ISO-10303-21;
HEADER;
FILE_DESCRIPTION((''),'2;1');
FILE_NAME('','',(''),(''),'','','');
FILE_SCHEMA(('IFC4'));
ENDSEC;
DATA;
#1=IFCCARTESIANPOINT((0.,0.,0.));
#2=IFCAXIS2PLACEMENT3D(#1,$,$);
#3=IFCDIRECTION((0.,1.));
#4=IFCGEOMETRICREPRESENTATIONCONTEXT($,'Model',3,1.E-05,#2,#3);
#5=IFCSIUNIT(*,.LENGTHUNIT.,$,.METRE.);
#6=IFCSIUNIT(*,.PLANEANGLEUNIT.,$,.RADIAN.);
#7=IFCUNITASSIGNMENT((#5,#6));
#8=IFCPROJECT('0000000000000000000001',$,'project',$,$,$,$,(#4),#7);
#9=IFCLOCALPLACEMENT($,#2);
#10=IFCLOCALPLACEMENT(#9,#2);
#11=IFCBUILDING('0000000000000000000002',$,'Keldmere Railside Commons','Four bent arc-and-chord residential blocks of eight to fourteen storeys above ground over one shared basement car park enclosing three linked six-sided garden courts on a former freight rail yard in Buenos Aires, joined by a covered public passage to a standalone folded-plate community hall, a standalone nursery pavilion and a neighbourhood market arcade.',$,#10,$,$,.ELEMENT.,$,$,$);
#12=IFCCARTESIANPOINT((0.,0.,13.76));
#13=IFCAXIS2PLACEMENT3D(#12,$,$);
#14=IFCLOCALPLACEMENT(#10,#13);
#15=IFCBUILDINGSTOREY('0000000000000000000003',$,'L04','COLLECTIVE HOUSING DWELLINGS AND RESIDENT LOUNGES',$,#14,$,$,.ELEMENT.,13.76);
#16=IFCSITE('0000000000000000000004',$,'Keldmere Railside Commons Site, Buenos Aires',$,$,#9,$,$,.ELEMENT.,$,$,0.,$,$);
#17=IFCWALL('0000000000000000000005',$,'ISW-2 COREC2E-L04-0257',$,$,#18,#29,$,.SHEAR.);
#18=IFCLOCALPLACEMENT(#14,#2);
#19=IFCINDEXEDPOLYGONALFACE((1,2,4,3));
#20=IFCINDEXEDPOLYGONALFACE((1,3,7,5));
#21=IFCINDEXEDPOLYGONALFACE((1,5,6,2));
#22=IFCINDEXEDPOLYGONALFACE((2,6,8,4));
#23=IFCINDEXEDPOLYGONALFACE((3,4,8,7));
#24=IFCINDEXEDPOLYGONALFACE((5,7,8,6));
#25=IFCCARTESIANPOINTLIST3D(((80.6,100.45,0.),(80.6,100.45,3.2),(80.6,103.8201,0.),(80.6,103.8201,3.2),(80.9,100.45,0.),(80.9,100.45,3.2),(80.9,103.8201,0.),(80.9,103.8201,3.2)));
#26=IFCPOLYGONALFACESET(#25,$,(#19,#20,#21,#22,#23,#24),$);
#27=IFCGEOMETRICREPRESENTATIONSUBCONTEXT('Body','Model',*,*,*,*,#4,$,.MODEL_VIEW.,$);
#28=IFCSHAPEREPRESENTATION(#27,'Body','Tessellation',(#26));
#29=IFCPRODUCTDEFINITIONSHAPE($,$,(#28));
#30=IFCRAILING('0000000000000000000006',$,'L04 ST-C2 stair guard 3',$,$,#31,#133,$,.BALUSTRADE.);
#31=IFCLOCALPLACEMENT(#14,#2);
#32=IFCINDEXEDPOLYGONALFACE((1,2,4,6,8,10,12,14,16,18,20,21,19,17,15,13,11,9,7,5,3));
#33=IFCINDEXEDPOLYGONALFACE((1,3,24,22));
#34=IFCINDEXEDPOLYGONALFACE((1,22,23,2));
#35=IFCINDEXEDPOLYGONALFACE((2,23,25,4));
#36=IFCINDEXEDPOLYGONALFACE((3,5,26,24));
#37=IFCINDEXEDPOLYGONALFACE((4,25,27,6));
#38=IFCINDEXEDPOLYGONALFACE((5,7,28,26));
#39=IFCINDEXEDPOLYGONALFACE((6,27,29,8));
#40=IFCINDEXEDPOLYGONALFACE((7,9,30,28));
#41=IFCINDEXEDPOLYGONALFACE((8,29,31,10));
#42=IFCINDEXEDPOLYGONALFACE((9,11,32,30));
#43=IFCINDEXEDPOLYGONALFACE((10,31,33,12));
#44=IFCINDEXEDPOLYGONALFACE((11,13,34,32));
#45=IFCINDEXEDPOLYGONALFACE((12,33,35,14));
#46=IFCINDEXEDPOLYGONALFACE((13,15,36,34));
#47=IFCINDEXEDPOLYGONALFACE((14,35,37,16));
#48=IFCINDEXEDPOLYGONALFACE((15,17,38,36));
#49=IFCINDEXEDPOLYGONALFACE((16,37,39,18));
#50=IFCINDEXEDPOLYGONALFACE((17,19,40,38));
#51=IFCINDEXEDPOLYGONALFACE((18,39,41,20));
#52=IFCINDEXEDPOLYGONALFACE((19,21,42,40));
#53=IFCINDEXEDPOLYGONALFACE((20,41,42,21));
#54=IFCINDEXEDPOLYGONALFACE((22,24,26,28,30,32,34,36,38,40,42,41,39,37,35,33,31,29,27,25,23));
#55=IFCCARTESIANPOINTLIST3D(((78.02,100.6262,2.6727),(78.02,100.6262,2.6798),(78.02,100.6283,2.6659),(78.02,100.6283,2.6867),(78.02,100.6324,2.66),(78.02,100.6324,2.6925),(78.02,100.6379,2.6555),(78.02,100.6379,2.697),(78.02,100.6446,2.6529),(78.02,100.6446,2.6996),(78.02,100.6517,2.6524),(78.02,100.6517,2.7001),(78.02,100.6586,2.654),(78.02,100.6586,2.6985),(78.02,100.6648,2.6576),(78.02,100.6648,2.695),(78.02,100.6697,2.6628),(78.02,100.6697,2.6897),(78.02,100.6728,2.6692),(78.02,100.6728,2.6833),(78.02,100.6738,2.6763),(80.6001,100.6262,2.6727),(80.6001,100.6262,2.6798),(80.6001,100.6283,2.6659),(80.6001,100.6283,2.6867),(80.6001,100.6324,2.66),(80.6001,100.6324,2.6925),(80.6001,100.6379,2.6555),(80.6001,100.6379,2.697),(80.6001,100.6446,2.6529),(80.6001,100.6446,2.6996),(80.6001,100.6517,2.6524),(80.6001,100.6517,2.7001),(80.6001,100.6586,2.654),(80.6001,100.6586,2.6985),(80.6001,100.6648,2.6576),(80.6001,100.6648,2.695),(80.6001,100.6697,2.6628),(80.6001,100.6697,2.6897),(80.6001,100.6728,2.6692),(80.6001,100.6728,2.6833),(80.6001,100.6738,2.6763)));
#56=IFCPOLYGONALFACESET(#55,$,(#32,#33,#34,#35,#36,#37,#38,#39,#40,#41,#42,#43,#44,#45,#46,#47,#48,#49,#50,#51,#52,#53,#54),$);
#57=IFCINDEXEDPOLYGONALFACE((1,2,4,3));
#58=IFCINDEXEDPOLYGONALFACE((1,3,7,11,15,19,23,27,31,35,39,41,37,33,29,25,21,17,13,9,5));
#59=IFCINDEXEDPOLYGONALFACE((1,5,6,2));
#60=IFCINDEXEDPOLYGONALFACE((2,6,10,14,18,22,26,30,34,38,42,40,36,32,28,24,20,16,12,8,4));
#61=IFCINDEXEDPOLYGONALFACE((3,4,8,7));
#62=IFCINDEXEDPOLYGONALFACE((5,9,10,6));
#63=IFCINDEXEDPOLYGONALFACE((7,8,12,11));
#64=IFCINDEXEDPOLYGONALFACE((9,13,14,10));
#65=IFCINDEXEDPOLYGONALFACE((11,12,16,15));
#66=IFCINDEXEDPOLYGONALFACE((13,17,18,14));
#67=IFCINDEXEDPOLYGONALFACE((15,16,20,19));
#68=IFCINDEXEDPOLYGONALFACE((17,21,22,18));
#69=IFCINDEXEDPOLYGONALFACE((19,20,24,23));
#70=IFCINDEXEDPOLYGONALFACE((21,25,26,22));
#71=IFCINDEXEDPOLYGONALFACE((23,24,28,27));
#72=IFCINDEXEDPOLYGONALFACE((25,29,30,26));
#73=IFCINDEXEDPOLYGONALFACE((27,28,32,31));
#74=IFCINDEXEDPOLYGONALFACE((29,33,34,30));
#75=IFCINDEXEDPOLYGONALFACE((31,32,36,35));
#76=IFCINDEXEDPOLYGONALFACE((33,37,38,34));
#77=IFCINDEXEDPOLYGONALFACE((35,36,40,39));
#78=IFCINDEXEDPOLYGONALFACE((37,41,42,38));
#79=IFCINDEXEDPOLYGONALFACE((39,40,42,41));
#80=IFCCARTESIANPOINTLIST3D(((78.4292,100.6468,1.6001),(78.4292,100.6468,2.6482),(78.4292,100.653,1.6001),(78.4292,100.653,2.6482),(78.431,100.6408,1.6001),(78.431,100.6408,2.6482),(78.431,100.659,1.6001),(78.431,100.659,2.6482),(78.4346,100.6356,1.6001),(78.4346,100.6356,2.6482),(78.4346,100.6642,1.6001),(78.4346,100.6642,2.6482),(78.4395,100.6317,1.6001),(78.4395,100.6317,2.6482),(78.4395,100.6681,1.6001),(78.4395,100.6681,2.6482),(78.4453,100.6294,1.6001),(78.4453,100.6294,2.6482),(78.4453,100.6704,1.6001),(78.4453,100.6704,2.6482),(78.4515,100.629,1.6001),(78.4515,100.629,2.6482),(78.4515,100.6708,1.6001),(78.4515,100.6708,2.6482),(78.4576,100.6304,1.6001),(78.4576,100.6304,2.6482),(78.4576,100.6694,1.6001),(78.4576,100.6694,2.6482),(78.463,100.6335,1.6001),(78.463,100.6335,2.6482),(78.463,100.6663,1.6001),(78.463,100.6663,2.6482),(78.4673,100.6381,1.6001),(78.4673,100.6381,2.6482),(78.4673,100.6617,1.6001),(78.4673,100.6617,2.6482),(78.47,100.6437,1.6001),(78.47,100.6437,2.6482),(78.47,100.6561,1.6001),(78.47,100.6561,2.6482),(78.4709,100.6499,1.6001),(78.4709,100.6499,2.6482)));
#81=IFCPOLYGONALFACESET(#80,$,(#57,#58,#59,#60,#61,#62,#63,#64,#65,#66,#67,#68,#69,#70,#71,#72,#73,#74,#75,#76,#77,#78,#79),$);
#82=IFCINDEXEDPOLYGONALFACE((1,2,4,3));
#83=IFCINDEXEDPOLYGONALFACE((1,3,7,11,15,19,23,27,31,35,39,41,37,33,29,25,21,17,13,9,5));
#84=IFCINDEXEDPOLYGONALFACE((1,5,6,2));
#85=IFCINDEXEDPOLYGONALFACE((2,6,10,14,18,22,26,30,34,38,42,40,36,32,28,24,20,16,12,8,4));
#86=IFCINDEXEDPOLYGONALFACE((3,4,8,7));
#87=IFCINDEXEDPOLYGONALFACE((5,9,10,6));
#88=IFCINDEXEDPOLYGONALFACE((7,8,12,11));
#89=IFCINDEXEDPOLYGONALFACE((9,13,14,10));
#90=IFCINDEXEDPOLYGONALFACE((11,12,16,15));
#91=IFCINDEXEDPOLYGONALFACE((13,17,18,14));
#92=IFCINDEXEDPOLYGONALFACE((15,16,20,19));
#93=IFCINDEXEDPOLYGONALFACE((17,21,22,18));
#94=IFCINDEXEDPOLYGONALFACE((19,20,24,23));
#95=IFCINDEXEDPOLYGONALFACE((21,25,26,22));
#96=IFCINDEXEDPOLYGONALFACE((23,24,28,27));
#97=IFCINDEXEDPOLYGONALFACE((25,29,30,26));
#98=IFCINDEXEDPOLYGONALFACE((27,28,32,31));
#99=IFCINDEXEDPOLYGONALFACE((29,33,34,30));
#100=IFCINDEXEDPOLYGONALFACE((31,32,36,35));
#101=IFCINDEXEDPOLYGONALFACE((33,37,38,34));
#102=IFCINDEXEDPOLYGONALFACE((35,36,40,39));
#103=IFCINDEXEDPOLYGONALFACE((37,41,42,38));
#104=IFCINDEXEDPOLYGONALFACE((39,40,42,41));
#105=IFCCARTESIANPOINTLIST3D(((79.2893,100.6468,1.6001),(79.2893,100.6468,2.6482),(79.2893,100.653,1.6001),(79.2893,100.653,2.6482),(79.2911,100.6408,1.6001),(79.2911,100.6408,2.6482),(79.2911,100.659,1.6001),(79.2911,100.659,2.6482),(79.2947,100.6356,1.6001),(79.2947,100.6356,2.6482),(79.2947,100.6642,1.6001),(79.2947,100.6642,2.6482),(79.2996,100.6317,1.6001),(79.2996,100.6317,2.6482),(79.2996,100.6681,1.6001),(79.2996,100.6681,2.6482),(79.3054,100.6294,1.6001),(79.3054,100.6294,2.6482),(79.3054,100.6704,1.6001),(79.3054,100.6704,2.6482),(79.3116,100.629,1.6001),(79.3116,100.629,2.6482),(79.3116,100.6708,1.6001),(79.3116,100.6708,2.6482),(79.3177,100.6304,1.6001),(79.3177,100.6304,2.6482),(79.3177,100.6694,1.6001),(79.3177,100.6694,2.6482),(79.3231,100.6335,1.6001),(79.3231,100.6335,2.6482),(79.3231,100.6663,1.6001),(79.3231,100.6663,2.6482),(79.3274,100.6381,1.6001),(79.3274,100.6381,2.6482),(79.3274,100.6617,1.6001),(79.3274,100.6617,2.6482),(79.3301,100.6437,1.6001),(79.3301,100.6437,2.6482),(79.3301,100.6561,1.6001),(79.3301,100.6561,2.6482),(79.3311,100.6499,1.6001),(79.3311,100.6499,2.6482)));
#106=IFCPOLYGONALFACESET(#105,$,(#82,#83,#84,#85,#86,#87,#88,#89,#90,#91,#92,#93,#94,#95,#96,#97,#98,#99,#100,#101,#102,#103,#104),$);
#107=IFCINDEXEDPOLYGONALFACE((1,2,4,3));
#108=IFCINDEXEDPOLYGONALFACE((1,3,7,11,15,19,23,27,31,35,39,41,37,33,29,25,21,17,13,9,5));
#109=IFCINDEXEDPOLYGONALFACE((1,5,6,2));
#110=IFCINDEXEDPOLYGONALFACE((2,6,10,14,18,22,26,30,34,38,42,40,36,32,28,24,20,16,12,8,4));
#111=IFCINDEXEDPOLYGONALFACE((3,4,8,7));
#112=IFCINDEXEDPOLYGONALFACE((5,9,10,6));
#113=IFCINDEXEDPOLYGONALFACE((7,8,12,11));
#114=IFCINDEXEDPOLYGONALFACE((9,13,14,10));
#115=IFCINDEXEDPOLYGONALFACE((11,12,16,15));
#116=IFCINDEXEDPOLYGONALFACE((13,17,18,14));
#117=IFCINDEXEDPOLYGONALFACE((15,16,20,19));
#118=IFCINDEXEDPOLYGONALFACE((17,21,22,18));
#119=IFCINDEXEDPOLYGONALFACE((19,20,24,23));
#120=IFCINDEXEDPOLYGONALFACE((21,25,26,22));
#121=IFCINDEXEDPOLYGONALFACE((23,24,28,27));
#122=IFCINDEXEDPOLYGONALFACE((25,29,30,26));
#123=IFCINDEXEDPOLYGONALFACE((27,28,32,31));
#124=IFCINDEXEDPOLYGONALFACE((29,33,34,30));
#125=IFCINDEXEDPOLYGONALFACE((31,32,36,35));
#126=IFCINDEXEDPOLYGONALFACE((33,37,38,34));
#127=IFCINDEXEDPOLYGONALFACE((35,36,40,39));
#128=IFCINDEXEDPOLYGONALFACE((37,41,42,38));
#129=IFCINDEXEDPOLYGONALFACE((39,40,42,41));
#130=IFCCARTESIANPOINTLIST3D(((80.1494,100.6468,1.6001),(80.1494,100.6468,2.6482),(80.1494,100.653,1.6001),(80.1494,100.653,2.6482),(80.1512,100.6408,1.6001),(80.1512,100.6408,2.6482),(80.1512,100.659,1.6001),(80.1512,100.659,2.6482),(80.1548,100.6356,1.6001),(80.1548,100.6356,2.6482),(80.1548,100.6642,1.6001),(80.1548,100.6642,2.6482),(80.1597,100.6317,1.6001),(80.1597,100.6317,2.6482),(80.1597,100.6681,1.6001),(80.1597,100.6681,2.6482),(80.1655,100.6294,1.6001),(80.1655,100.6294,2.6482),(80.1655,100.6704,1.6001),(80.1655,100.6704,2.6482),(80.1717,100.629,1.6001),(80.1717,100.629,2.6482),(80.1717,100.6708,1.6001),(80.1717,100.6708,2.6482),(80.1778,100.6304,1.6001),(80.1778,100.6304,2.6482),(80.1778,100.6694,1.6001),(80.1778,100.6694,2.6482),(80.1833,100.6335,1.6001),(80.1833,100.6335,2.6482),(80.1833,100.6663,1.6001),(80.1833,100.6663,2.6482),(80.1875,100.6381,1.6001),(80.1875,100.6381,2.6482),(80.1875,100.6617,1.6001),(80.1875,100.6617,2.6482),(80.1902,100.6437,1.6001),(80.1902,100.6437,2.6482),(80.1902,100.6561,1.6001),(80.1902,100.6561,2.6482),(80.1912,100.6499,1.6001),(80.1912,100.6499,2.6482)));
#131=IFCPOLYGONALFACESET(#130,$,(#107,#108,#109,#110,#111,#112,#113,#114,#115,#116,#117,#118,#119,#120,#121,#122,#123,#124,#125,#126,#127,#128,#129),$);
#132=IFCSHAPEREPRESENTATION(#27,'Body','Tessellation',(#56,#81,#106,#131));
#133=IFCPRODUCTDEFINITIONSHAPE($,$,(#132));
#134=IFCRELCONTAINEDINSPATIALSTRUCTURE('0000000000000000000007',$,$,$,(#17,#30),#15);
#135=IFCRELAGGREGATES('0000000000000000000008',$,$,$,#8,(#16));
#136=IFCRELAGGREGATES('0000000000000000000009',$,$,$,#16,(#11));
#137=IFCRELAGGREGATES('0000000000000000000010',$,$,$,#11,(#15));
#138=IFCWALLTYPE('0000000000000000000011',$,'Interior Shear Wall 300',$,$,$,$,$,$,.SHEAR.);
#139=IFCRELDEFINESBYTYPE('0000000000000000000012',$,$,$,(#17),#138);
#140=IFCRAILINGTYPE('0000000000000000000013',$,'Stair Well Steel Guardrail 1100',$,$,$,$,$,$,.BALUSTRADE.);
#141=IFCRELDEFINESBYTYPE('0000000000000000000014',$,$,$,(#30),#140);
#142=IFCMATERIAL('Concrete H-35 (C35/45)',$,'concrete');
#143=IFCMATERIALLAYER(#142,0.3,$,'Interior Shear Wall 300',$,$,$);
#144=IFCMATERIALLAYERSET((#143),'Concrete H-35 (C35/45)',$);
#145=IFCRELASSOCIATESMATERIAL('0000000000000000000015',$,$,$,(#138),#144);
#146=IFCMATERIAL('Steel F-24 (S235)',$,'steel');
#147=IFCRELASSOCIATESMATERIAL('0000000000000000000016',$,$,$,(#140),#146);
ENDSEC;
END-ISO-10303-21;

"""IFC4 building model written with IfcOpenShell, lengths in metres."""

from ifc_helpers import new_model, si_unit, direction, frame, frame_2d, origin, origin_2d, place, context, subcontext, project, spatial, rectangle, circle, extrude, material, layer, layer_set, type_object, element, save


model = new_model("IFC4")

# Units and contexts
model_context = context("Model", 3, precision=1e-05, world=origin(), true_north=direction((0.0, 1.0)))
body_context = subcontext(model_context, "Body", "Model", "MODEL_VIEW")
ifc_project = project(units=[si_unit("LENGTHUNIT", "METRE"), si_unit("PLANEANGLEUNIT", "RADIAN")], contexts=[model_context])

# Site, building, storey
site_placement = place(None, origin())
site = spatial("IfcSite", under=ifc_project, at=site_placement, Name="Keldmere Railside Commons Site, Buenos Aires", CompositionType="ELEMENT", RefElevation=0.0)
building_placement = place(site_placement, origin())
building = spatial("IfcBuilding", under=site, at=building_placement, Name="Keldmere Railside Commons", Description="Four bent arc-and-chord residential blocks of eight to fourteen storeys above ground over one shared basement car park enclosing three linked six-sided garden courts on a former freight rail yard in Buenos Aires, joined by a covered public passage to a standalone folded-plate community hall, a standalone nursery pavilion and a neighbourhood market arcade.", CompositionType="ELEMENT")
storey_placement = place(building_placement, frame((0.0, 0.0, 13.76)))
storey = spatial("IfcBuildingStorey", under=building, at=storey_placement, Name="L04", Description="COLLECTIVE HOUSING DWELLINGS AND RESIDENT LOUNGES", CompositionType="ELEMENT", Elevation=13.76)

# Shared definitions
ifc_material_1 = material(Name="Concrete H-35 (C35/45)", Category="concrete")

# Wall
ifc_layer_1 = layer(ifc_material_1, 0.3, Name="Interior Shear Wall 300")
ifc_layer_set_1 = layer_set([ifc_layer_1], Name="Concrete H-35 (C35/45)")
wall_type_1 = type_object("IfcWallType", Name="Interior Shear Wall 300", PredefinedType="SHEAR", material=ifc_layer_set_1)
wall_1_placement = place(storey_placement, frame((80.75, 100.45, 0.0), z_axis=(0.0, 0.0, 1.0), x_axis=(0.0, 1.0, 0.0)))
element("IfcWall", 1, at=wall_1_placement, inside=storey, type_object=wall_type_1, Name="ISW-2 COREC2E-L04-0257", PredefinedType="SHEAR", context=body_context, shape_type="SweptSolid", body=[
    extrude(rectangle(XDim=3.3701, YDim=0.3, at=frame_2d((1.6851, 0.0))), origin(), (0.0, 0.0, 1.0), 3.2),
])

# Railing
ifc_material_2 = material(Name="Steel F-24 (S235)", Category="steel")
railing_type_1 = type_object("IfcRailingType", Name="Stair Well Steel Guardrail 1100", PredefinedType="BALUSTRADE", material=ifc_material_2)
railing_1_placement = place(storey_placement, frame((78.02, 100.6499, 1.6001)))
element("IfcRailing", 2, at=railing_1_placement, inside=storey, type_object=railing_type_1, Name="L04 ST-C2 stair guard 3", PredefinedType="BALUSTRADE", context=body_context, shape_type="SweptSolid", body=[
    extrude(circle(Radius=0.0239, at=origin_2d()), frame((0.0, 0.0, 1.0762), z_axis=(1.0, 0.0, 0.0), x_axis=(0.0, 1.0, 0.0)), (0.0, 0.0, 1.0), 2.5801),
    extrude(circle(Radius=0.021, at=origin_2d()), frame((0.4299, 0.0, 0.0)), (0.0, 0.0, 1.0), 1.0481),
    extrude(circle(Radius=0.021, at=origin_2d()), frame((1.29, 0.0, 0.0)), (0.0, 0.0, 1.0), 1.0481),
    extrude(circle(Radius=0.021, at=origin_2d()), frame((2.1501, 0.0, 0.0)), (0.0, 0.0, 1.0), 1.0481),
])

save(model, "model.ifc")
